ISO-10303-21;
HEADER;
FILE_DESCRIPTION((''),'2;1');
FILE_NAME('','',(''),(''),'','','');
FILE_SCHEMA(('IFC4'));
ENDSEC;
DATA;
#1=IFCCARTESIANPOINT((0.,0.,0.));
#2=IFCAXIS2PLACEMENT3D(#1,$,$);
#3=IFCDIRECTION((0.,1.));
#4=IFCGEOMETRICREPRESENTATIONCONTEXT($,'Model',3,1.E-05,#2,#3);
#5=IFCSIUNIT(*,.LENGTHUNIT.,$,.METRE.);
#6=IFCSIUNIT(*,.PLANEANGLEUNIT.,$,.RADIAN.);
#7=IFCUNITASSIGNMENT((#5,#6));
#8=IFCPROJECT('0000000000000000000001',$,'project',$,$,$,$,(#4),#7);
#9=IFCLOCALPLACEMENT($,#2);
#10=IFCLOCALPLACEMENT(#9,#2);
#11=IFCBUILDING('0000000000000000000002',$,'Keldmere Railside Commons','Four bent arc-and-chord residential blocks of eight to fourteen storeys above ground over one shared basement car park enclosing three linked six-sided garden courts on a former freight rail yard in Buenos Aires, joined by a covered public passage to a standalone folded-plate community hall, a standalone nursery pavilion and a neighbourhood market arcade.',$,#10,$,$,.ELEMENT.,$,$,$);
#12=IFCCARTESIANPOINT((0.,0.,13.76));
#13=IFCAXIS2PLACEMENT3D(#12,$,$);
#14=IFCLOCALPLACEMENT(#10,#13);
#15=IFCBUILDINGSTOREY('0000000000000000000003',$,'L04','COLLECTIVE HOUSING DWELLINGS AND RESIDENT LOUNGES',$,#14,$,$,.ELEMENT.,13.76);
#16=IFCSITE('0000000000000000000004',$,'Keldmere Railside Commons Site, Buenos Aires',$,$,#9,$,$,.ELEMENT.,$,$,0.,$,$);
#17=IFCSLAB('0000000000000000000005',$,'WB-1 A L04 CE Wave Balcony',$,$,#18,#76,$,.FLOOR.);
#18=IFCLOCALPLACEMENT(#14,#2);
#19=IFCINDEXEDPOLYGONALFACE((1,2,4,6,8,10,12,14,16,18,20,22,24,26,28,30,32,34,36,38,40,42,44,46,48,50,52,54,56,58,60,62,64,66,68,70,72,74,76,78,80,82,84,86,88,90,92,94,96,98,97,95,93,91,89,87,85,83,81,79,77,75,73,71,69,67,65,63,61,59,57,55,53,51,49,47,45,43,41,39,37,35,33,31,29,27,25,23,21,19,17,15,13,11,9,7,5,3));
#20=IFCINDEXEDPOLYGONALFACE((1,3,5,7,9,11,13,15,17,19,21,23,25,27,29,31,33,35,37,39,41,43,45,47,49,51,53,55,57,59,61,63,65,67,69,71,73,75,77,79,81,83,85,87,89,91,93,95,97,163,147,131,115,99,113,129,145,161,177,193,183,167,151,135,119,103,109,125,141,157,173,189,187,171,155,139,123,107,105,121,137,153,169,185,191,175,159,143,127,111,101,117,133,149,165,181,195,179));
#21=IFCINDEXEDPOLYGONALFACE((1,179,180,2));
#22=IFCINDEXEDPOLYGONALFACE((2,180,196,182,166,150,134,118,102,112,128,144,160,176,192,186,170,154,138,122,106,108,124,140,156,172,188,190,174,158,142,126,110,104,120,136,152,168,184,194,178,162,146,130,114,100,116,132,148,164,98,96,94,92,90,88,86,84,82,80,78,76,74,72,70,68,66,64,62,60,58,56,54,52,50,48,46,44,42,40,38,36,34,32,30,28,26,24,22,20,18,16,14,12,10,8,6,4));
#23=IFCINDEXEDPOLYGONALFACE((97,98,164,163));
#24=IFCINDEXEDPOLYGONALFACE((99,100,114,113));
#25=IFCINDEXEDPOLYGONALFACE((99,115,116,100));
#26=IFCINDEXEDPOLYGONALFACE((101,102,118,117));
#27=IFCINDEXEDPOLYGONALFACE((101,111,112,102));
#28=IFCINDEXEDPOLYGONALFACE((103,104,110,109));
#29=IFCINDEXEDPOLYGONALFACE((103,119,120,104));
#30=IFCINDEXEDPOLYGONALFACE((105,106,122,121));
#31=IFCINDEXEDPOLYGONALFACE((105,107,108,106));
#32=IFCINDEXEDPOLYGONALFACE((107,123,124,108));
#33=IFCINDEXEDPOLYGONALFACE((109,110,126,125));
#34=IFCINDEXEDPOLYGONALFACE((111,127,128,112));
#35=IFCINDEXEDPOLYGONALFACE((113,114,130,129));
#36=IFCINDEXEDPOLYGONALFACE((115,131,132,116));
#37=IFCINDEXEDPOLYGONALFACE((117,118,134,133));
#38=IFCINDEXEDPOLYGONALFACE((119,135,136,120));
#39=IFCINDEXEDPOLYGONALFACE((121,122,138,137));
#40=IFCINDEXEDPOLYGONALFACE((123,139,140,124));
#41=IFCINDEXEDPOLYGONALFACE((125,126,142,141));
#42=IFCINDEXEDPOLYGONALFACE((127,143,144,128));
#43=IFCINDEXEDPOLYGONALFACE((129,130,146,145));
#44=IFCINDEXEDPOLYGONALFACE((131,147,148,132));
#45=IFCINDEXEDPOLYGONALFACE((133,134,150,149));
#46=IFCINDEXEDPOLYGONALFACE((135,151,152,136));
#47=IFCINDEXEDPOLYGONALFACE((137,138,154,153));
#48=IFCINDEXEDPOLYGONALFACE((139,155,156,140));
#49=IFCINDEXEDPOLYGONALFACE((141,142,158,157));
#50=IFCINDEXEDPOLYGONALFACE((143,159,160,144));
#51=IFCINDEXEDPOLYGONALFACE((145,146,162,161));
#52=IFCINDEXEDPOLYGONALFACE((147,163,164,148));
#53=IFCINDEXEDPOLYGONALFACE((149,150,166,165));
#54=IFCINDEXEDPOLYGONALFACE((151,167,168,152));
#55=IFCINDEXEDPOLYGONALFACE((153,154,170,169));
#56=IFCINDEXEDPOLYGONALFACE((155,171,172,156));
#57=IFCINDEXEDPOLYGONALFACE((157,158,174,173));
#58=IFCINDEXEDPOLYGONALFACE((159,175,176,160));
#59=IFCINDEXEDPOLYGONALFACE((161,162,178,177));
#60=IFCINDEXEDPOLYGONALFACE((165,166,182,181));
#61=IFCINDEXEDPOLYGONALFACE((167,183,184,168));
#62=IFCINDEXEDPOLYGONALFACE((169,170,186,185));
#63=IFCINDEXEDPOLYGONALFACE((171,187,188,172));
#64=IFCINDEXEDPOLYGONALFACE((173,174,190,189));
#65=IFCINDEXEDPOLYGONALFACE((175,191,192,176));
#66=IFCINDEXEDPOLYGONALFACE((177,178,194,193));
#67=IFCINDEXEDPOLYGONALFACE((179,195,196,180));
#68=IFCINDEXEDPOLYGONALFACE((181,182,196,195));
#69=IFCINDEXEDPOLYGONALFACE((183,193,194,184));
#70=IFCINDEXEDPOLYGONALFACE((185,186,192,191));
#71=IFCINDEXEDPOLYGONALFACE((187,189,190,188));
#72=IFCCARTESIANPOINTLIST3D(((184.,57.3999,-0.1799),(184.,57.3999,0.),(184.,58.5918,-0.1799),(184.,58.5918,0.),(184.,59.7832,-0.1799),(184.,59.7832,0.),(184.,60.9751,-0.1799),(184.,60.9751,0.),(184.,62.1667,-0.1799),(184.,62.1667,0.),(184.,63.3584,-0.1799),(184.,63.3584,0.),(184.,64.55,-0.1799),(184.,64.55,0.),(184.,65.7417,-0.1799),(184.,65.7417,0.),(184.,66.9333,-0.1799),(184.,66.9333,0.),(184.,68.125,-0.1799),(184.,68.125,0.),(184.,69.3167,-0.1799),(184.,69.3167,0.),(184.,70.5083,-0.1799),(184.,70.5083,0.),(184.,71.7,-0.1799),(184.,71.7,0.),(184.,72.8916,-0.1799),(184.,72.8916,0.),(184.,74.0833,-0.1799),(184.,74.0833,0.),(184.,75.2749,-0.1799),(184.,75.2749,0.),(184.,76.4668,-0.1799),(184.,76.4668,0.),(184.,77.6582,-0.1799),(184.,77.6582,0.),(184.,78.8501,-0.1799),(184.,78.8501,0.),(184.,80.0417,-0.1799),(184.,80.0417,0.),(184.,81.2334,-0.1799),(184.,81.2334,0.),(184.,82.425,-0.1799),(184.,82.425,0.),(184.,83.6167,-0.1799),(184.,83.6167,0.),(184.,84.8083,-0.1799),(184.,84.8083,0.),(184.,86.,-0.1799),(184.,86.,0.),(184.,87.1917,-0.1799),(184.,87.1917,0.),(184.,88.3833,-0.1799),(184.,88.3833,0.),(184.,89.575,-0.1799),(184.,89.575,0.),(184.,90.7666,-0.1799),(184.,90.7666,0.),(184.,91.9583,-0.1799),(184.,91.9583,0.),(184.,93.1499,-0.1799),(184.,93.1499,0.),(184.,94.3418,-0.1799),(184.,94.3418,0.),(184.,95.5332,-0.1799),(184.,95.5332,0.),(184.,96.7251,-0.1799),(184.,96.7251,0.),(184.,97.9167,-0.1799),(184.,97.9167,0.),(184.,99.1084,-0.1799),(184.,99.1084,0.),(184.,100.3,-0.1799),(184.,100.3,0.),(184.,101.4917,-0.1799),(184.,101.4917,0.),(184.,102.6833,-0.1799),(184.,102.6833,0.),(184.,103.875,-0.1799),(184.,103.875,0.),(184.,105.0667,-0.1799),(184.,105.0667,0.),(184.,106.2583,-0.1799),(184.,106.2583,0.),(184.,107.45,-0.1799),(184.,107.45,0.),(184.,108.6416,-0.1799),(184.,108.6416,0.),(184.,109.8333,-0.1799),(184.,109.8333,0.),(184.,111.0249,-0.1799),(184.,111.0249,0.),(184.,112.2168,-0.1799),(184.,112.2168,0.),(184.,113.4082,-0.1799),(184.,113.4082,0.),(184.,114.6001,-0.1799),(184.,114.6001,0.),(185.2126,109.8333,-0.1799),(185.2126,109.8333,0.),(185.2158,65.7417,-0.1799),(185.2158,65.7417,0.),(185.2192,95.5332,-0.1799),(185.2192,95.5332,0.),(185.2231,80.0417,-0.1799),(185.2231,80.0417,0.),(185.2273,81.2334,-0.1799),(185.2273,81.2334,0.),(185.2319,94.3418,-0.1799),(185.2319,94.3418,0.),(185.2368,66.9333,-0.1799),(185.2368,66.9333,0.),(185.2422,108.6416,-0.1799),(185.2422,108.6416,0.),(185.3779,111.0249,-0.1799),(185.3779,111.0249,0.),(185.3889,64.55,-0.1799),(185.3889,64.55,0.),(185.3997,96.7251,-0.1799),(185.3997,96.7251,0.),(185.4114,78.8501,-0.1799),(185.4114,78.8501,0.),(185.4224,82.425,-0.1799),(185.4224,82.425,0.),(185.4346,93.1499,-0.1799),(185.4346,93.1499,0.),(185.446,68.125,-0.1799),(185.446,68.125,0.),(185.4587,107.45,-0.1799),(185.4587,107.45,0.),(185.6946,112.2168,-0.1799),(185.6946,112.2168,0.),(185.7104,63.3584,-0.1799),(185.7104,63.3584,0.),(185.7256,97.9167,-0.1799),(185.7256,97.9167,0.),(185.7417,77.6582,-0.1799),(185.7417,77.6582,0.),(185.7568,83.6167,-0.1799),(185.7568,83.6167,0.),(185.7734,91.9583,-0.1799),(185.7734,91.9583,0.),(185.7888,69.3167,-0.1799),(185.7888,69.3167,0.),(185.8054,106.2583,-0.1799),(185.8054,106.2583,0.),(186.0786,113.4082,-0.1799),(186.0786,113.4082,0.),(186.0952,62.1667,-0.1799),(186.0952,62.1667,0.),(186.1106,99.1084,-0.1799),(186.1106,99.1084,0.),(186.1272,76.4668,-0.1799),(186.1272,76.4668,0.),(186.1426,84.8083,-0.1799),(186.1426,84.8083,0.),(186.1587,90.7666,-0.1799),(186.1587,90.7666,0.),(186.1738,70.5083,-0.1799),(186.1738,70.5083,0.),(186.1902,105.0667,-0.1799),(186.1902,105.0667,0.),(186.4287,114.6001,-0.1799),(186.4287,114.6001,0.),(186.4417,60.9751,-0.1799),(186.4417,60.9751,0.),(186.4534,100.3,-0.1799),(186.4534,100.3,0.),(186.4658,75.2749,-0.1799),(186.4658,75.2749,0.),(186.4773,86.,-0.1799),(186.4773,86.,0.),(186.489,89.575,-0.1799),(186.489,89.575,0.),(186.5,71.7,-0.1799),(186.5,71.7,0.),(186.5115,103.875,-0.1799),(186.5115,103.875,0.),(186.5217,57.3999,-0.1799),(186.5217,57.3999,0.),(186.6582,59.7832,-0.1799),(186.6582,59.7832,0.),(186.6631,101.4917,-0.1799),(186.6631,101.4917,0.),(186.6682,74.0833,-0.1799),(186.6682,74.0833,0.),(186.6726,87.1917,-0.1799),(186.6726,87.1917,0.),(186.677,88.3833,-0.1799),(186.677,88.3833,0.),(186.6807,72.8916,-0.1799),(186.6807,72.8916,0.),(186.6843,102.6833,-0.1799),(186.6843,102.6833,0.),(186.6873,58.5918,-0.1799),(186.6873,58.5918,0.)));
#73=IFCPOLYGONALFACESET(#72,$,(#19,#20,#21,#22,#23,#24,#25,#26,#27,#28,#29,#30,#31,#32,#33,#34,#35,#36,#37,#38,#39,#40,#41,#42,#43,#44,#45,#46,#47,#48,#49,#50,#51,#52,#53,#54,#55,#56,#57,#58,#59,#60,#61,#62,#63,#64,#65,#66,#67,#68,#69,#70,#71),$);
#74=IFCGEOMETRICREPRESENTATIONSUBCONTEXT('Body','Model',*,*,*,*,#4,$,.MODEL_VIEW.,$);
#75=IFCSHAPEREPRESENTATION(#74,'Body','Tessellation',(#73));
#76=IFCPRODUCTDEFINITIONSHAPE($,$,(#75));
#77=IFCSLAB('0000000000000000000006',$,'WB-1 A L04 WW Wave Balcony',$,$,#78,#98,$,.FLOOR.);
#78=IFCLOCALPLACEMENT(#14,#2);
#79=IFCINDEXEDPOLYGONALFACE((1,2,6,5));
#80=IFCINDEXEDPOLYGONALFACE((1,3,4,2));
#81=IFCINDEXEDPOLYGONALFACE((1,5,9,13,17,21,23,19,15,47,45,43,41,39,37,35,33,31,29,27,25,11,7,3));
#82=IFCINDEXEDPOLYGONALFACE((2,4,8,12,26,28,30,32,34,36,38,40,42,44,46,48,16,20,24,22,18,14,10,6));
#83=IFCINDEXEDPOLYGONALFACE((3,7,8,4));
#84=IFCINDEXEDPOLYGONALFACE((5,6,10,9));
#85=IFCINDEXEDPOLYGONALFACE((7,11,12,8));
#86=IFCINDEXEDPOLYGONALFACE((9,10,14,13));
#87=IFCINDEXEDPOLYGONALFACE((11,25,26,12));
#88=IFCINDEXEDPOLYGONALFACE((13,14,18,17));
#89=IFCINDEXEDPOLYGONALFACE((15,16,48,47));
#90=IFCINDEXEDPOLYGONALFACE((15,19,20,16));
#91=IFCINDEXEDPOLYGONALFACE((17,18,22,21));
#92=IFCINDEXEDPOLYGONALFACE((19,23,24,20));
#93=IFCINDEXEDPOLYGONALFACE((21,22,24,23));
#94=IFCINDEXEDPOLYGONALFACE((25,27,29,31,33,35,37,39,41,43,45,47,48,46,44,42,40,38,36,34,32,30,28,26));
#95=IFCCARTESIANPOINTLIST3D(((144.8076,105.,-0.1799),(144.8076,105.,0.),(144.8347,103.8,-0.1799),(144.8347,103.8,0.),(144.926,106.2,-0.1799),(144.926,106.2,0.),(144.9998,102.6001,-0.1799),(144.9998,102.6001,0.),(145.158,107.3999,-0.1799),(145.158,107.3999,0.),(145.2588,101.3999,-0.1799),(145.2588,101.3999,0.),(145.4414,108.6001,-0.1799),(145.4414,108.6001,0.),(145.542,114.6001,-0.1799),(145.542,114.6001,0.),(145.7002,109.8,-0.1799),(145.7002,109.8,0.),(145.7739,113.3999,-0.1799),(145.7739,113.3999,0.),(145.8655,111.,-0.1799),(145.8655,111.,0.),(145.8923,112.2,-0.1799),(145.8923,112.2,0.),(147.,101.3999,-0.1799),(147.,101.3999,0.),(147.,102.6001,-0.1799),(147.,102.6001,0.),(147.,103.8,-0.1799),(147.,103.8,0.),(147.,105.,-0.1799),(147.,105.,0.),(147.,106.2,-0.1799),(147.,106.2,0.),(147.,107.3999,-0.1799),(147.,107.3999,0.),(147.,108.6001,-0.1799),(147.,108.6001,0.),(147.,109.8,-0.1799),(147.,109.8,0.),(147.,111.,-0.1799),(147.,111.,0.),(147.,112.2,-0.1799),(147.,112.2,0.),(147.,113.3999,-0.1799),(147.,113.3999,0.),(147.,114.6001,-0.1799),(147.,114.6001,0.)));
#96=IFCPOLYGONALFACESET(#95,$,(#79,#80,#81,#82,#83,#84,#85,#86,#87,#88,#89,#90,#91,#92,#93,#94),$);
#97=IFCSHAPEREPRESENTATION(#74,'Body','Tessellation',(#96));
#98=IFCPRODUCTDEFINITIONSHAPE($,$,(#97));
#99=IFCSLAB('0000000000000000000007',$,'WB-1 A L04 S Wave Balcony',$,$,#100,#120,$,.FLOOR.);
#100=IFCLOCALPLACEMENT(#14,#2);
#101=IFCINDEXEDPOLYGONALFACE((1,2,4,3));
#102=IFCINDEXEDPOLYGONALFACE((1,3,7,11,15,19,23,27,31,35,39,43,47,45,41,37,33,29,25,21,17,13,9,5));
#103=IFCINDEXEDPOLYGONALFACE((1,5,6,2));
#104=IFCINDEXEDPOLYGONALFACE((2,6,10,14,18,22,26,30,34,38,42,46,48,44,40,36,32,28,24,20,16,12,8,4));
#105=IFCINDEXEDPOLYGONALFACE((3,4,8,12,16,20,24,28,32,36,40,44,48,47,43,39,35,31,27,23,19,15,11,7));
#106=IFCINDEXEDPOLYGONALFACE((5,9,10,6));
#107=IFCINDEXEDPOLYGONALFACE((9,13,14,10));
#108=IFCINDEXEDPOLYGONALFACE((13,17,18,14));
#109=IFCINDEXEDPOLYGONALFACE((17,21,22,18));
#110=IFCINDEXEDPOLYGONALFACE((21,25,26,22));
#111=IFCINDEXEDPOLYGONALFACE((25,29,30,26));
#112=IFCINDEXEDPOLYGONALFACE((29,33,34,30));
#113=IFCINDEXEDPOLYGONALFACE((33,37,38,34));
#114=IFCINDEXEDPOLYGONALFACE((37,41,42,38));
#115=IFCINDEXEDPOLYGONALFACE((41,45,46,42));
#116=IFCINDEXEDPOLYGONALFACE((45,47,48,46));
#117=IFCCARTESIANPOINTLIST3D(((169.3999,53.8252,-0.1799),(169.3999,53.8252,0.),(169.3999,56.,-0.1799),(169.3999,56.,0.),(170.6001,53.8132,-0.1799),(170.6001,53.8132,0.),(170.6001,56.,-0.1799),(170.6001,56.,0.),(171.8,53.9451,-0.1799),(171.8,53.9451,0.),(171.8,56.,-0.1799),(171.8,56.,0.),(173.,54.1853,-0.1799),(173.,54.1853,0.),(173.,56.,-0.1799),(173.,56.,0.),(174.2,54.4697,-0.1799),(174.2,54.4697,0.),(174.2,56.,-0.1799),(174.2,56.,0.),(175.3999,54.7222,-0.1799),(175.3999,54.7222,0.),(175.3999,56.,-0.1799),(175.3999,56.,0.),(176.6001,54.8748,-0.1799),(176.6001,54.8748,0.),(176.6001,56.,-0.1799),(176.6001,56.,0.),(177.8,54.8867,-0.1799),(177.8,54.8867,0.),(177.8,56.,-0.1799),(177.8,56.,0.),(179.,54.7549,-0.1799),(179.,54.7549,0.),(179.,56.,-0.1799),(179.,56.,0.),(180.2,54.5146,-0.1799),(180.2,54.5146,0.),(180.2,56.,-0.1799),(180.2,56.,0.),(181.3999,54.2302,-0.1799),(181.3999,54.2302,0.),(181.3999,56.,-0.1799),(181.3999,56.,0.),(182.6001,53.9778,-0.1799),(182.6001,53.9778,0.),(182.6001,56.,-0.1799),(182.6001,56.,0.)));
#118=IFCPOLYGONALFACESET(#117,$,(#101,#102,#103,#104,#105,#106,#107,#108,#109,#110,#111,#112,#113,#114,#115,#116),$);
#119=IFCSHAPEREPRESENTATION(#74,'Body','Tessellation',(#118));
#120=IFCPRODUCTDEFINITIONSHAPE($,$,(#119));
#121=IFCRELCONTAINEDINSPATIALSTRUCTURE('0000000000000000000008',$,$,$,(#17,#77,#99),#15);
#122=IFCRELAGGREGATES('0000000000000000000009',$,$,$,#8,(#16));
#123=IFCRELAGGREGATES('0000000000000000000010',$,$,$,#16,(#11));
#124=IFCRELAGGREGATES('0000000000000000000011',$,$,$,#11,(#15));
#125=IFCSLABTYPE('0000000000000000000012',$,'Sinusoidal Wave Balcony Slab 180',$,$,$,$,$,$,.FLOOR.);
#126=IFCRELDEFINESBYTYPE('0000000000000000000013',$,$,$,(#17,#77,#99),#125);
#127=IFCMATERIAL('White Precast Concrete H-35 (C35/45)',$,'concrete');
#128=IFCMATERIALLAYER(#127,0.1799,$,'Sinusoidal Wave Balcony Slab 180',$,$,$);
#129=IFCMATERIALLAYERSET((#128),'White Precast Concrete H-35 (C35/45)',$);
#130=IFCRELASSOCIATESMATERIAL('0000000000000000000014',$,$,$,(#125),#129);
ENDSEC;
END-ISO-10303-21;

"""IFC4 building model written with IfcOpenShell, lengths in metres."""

from ifc_helpers import new_model, si_unit, direction, frame, origin, place, context, subcontext, project, spatial, polyline, outline, extrude, material, layer, layer_set, type_object, element, save


model = new_model("IFC4")

# Units and contexts
model_context = context("Model", 3, precision=1e-05, world=origin(), true_north=direction((0.0, 1.0)))
body_context = subcontext(model_context, "Body", "Model", "MODEL_VIEW")
ifc_project = project(units=[si_unit("LENGTHUNIT", "METRE"), si_unit("PLANEANGLEUNIT", "RADIAN")], contexts=[model_context])

# Site, building, storey
site_placement = place(None, origin())
site = spatial("IfcSite", under=ifc_project, at=site_placement, Name="Keldmere Railside Commons Site, Buenos Aires", CompositionType="ELEMENT", RefElevation=0.0)
building_placement = place(site_placement, origin())
building = spatial("IfcBuilding", under=site, at=building_placement, Name="Keldmere Railside Commons", Description="Four bent arc-and-chord residential blocks of eight to fourteen storeys above ground over one shared basement car park enclosing three linked six-sided garden courts on a former freight rail yard in Buenos Aires, joined by a covered public passage to a standalone folded-plate community hall, a standalone nursery pavilion and a neighbourhood market arcade.", CompositionType="ELEMENT")
storey_placement = place(building_placement, frame((0.0, 0.0, 13.76)))
storey = spatial("IfcBuildingStorey", under=building, at=storey_placement, Name="L04", Description="COLLECTIVE HOUSING DWELLINGS AND RESIDENT LOUNGES", CompositionType="ELEMENT", Elevation=13.76)

# Slabs
ifc_material_1 = material(Name="White Precast Concrete H-35 (C35/45)", Category="concrete")
ifc_layer_1 = layer(ifc_material_1, 0.1799, Name="Sinusoidal Wave Balcony Slab 180")
ifc_layer_set_1 = layer_set([ifc_layer_1], Name="White Precast Concrete H-35 (C35/45)")
slab_type_1 = type_object("IfcSlabType", Name="Sinusoidal Wave Balcony Slab 180", PredefinedType="FLOOR", material=ifc_layer_set_1)
slab_1_placement = place(storey_placement, frame((0.0, 0.0, -0.1799)))
element("IfcSlab", 1, at=slab_1_placement, inside=storey, type_object=slab_type_1, Name="WB-1 A L04 CE Wave Balcony", PredefinedType="FLOOR", context=body_context, shape_type="SweptSolid", body=[
    extrude(outline(polyline([(186.5217, 57.3999), (186.6873, 58.5918), (186.6582, 59.7832), (186.4417, 60.9751), (186.0952, 62.1667), (185.7104, 63.3584), (185.3889, 64.55), (185.2158, 65.7417), (185.2368, 66.9333), (185.446, 68.125), (185.7888, 69.3167), (186.1738, 70.5083), (186.5, 71.7), (186.6807, 72.8916), (186.6682, 74.0833), (186.4658, 75.2749), (186.1272, 76.4668), (185.7417, 77.6582), (185.4114, 78.8501), (185.2231, 80.0417), (185.2273, 81.2334), (185.4224, 82.425), (185.7568, 83.6167), (186.1426, 84.8083), (186.4773, 86.0), (186.6726, 87.1917), (186.677, 88.3833), (186.489, 89.575), (186.1587, 90.7666), (185.7734, 91.9583), (185.4346, 93.1499), (185.2319, 94.3418), (185.2192, 95.5332), (185.3997, 96.7251), (185.7256, 97.9167), (186.1106, 99.1084), (186.4534, 100.3), (186.6631, 101.4917), (186.6843, 102.6833), (186.5115, 103.875), (186.1902, 105.0667), (185.8054, 106.2583), (185.4587, 107.45), (185.2422, 108.6416), (185.2126, 109.8333), (185.3779, 111.0249), (185.6946, 112.2168), (186.0786, 113.4082), (186.4287, 114.6001), (184.0, 114.6001), (184.0, 113.4082), (184.0, 112.2168), (184.0, 111.0249), (184.0, 109.8333), (184.0, 108.6416), (184.0, 107.45), (184.0, 106.2583), (184.0, 105.0667), (184.0, 103.875), (184.0, 102.6833), (184.0, 101.4917), (184.0, 100.3), (184.0, 99.1084), (184.0, 97.9167), (184.0, 96.7251), (184.0, 95.5332), (184.0, 94.3418), (184.0, 93.1499), (184.0, 91.9583), (184.0, 90.7666), (184.0, 89.575), (184.0, 88.3833), (184.0, 87.1917), (184.0, 86.0), (184.0, 84.8083), (184.0, 83.6167), (184.0, 82.425), (184.0, 81.2334), (184.0, 80.0417), (184.0, 78.8501), (184.0, 77.6582), (184.0, 76.4668), (184.0, 75.2749), (184.0, 74.0833), (184.0, 72.8916), (184.0, 71.7), (184.0, 70.5083), (184.0, 69.3167), (184.0, 68.125), (184.0, 66.9333), (184.0, 65.7417), (184.0, 64.55), (184.0, 63.3584), (184.0, 62.1667), (184.0, 60.9751), (184.0, 59.7832), (184.0, 58.5918), (184.0, 57.3999), (186.5217, 57.3999)])), origin(), (0.0, 0.0, 1.0), 0.1799),
])
slab_2_placement = place(storey_placement, frame((0.0, 0.0, -0.1799)))
element("IfcSlab", 2, at=slab_2_placement, inside=storey, type_object=slab_type_1, Name="WB-1 A L04 WW Wave Balcony", PredefinedType="FLOOR", context=body_context, shape_type="SweptSolid", body=[
    extrude(outline(polyline([(147.0, 101.3999), (147.0, 102.6001), (147.0, 103.8), (147.0, 105.0), (147.0, 106.2), (147.0, 107.3999), (147.0, 108.6001), (147.0, 109.8), (147.0, 111.0), (147.0, 112.2), (147.0, 113.3999), (147.0, 114.6001), (145.542, 114.6001), (145.7739, 113.3999), (145.8923, 112.2), (145.8655, 111.0), (145.7002, 109.8), (145.4414, 108.6001), (145.158, 107.3999), (144.926, 106.2), (144.8076, 105.0), (144.8347, 103.8), (144.9998, 102.6001), (145.2588, 101.3999), (147.0, 101.3999)])), origin(), (0.0, 0.0, 1.0), 0.1799),
])
slab_3_placement = place(storey_placement, frame((0.0, 0.0, -0.1799)))
element("IfcSlab", 3, at=slab_3_placement, inside=storey, type_object=slab_type_1, Name="WB-1 A L04 S Wave Balcony", PredefinedType="FLOOR", context=body_context, shape_type="SweptSolid", body=[
    extrude(outline(polyline([(169.3999, 53.8252), (170.6001, 53.8132), (171.8, 53.9451), (173.0, 54.1853), (174.2, 54.4697), (175.3999, 54.7222), (176.6001, 54.8748), (177.8, 54.8867), (179.0, 54.7549), (180.2, 54.5146), (181.3999, 54.2302), (182.6001, 53.9778), (182.6001, 56.0), (181.3999, 56.0), (180.2, 56.0), (179.0, 56.0), (177.8, 56.0), (176.6001, 56.0), (175.3999, 56.0), (174.2, 56.0), (173.0, 56.0), (171.8, 56.0), (170.6001, 56.0), (169.3999, 56.0), (169.3999, 53.8252)])), origin(), (0.0, 0.0, 1.0), 0.1799),
])

save(model, "model.ifc")
